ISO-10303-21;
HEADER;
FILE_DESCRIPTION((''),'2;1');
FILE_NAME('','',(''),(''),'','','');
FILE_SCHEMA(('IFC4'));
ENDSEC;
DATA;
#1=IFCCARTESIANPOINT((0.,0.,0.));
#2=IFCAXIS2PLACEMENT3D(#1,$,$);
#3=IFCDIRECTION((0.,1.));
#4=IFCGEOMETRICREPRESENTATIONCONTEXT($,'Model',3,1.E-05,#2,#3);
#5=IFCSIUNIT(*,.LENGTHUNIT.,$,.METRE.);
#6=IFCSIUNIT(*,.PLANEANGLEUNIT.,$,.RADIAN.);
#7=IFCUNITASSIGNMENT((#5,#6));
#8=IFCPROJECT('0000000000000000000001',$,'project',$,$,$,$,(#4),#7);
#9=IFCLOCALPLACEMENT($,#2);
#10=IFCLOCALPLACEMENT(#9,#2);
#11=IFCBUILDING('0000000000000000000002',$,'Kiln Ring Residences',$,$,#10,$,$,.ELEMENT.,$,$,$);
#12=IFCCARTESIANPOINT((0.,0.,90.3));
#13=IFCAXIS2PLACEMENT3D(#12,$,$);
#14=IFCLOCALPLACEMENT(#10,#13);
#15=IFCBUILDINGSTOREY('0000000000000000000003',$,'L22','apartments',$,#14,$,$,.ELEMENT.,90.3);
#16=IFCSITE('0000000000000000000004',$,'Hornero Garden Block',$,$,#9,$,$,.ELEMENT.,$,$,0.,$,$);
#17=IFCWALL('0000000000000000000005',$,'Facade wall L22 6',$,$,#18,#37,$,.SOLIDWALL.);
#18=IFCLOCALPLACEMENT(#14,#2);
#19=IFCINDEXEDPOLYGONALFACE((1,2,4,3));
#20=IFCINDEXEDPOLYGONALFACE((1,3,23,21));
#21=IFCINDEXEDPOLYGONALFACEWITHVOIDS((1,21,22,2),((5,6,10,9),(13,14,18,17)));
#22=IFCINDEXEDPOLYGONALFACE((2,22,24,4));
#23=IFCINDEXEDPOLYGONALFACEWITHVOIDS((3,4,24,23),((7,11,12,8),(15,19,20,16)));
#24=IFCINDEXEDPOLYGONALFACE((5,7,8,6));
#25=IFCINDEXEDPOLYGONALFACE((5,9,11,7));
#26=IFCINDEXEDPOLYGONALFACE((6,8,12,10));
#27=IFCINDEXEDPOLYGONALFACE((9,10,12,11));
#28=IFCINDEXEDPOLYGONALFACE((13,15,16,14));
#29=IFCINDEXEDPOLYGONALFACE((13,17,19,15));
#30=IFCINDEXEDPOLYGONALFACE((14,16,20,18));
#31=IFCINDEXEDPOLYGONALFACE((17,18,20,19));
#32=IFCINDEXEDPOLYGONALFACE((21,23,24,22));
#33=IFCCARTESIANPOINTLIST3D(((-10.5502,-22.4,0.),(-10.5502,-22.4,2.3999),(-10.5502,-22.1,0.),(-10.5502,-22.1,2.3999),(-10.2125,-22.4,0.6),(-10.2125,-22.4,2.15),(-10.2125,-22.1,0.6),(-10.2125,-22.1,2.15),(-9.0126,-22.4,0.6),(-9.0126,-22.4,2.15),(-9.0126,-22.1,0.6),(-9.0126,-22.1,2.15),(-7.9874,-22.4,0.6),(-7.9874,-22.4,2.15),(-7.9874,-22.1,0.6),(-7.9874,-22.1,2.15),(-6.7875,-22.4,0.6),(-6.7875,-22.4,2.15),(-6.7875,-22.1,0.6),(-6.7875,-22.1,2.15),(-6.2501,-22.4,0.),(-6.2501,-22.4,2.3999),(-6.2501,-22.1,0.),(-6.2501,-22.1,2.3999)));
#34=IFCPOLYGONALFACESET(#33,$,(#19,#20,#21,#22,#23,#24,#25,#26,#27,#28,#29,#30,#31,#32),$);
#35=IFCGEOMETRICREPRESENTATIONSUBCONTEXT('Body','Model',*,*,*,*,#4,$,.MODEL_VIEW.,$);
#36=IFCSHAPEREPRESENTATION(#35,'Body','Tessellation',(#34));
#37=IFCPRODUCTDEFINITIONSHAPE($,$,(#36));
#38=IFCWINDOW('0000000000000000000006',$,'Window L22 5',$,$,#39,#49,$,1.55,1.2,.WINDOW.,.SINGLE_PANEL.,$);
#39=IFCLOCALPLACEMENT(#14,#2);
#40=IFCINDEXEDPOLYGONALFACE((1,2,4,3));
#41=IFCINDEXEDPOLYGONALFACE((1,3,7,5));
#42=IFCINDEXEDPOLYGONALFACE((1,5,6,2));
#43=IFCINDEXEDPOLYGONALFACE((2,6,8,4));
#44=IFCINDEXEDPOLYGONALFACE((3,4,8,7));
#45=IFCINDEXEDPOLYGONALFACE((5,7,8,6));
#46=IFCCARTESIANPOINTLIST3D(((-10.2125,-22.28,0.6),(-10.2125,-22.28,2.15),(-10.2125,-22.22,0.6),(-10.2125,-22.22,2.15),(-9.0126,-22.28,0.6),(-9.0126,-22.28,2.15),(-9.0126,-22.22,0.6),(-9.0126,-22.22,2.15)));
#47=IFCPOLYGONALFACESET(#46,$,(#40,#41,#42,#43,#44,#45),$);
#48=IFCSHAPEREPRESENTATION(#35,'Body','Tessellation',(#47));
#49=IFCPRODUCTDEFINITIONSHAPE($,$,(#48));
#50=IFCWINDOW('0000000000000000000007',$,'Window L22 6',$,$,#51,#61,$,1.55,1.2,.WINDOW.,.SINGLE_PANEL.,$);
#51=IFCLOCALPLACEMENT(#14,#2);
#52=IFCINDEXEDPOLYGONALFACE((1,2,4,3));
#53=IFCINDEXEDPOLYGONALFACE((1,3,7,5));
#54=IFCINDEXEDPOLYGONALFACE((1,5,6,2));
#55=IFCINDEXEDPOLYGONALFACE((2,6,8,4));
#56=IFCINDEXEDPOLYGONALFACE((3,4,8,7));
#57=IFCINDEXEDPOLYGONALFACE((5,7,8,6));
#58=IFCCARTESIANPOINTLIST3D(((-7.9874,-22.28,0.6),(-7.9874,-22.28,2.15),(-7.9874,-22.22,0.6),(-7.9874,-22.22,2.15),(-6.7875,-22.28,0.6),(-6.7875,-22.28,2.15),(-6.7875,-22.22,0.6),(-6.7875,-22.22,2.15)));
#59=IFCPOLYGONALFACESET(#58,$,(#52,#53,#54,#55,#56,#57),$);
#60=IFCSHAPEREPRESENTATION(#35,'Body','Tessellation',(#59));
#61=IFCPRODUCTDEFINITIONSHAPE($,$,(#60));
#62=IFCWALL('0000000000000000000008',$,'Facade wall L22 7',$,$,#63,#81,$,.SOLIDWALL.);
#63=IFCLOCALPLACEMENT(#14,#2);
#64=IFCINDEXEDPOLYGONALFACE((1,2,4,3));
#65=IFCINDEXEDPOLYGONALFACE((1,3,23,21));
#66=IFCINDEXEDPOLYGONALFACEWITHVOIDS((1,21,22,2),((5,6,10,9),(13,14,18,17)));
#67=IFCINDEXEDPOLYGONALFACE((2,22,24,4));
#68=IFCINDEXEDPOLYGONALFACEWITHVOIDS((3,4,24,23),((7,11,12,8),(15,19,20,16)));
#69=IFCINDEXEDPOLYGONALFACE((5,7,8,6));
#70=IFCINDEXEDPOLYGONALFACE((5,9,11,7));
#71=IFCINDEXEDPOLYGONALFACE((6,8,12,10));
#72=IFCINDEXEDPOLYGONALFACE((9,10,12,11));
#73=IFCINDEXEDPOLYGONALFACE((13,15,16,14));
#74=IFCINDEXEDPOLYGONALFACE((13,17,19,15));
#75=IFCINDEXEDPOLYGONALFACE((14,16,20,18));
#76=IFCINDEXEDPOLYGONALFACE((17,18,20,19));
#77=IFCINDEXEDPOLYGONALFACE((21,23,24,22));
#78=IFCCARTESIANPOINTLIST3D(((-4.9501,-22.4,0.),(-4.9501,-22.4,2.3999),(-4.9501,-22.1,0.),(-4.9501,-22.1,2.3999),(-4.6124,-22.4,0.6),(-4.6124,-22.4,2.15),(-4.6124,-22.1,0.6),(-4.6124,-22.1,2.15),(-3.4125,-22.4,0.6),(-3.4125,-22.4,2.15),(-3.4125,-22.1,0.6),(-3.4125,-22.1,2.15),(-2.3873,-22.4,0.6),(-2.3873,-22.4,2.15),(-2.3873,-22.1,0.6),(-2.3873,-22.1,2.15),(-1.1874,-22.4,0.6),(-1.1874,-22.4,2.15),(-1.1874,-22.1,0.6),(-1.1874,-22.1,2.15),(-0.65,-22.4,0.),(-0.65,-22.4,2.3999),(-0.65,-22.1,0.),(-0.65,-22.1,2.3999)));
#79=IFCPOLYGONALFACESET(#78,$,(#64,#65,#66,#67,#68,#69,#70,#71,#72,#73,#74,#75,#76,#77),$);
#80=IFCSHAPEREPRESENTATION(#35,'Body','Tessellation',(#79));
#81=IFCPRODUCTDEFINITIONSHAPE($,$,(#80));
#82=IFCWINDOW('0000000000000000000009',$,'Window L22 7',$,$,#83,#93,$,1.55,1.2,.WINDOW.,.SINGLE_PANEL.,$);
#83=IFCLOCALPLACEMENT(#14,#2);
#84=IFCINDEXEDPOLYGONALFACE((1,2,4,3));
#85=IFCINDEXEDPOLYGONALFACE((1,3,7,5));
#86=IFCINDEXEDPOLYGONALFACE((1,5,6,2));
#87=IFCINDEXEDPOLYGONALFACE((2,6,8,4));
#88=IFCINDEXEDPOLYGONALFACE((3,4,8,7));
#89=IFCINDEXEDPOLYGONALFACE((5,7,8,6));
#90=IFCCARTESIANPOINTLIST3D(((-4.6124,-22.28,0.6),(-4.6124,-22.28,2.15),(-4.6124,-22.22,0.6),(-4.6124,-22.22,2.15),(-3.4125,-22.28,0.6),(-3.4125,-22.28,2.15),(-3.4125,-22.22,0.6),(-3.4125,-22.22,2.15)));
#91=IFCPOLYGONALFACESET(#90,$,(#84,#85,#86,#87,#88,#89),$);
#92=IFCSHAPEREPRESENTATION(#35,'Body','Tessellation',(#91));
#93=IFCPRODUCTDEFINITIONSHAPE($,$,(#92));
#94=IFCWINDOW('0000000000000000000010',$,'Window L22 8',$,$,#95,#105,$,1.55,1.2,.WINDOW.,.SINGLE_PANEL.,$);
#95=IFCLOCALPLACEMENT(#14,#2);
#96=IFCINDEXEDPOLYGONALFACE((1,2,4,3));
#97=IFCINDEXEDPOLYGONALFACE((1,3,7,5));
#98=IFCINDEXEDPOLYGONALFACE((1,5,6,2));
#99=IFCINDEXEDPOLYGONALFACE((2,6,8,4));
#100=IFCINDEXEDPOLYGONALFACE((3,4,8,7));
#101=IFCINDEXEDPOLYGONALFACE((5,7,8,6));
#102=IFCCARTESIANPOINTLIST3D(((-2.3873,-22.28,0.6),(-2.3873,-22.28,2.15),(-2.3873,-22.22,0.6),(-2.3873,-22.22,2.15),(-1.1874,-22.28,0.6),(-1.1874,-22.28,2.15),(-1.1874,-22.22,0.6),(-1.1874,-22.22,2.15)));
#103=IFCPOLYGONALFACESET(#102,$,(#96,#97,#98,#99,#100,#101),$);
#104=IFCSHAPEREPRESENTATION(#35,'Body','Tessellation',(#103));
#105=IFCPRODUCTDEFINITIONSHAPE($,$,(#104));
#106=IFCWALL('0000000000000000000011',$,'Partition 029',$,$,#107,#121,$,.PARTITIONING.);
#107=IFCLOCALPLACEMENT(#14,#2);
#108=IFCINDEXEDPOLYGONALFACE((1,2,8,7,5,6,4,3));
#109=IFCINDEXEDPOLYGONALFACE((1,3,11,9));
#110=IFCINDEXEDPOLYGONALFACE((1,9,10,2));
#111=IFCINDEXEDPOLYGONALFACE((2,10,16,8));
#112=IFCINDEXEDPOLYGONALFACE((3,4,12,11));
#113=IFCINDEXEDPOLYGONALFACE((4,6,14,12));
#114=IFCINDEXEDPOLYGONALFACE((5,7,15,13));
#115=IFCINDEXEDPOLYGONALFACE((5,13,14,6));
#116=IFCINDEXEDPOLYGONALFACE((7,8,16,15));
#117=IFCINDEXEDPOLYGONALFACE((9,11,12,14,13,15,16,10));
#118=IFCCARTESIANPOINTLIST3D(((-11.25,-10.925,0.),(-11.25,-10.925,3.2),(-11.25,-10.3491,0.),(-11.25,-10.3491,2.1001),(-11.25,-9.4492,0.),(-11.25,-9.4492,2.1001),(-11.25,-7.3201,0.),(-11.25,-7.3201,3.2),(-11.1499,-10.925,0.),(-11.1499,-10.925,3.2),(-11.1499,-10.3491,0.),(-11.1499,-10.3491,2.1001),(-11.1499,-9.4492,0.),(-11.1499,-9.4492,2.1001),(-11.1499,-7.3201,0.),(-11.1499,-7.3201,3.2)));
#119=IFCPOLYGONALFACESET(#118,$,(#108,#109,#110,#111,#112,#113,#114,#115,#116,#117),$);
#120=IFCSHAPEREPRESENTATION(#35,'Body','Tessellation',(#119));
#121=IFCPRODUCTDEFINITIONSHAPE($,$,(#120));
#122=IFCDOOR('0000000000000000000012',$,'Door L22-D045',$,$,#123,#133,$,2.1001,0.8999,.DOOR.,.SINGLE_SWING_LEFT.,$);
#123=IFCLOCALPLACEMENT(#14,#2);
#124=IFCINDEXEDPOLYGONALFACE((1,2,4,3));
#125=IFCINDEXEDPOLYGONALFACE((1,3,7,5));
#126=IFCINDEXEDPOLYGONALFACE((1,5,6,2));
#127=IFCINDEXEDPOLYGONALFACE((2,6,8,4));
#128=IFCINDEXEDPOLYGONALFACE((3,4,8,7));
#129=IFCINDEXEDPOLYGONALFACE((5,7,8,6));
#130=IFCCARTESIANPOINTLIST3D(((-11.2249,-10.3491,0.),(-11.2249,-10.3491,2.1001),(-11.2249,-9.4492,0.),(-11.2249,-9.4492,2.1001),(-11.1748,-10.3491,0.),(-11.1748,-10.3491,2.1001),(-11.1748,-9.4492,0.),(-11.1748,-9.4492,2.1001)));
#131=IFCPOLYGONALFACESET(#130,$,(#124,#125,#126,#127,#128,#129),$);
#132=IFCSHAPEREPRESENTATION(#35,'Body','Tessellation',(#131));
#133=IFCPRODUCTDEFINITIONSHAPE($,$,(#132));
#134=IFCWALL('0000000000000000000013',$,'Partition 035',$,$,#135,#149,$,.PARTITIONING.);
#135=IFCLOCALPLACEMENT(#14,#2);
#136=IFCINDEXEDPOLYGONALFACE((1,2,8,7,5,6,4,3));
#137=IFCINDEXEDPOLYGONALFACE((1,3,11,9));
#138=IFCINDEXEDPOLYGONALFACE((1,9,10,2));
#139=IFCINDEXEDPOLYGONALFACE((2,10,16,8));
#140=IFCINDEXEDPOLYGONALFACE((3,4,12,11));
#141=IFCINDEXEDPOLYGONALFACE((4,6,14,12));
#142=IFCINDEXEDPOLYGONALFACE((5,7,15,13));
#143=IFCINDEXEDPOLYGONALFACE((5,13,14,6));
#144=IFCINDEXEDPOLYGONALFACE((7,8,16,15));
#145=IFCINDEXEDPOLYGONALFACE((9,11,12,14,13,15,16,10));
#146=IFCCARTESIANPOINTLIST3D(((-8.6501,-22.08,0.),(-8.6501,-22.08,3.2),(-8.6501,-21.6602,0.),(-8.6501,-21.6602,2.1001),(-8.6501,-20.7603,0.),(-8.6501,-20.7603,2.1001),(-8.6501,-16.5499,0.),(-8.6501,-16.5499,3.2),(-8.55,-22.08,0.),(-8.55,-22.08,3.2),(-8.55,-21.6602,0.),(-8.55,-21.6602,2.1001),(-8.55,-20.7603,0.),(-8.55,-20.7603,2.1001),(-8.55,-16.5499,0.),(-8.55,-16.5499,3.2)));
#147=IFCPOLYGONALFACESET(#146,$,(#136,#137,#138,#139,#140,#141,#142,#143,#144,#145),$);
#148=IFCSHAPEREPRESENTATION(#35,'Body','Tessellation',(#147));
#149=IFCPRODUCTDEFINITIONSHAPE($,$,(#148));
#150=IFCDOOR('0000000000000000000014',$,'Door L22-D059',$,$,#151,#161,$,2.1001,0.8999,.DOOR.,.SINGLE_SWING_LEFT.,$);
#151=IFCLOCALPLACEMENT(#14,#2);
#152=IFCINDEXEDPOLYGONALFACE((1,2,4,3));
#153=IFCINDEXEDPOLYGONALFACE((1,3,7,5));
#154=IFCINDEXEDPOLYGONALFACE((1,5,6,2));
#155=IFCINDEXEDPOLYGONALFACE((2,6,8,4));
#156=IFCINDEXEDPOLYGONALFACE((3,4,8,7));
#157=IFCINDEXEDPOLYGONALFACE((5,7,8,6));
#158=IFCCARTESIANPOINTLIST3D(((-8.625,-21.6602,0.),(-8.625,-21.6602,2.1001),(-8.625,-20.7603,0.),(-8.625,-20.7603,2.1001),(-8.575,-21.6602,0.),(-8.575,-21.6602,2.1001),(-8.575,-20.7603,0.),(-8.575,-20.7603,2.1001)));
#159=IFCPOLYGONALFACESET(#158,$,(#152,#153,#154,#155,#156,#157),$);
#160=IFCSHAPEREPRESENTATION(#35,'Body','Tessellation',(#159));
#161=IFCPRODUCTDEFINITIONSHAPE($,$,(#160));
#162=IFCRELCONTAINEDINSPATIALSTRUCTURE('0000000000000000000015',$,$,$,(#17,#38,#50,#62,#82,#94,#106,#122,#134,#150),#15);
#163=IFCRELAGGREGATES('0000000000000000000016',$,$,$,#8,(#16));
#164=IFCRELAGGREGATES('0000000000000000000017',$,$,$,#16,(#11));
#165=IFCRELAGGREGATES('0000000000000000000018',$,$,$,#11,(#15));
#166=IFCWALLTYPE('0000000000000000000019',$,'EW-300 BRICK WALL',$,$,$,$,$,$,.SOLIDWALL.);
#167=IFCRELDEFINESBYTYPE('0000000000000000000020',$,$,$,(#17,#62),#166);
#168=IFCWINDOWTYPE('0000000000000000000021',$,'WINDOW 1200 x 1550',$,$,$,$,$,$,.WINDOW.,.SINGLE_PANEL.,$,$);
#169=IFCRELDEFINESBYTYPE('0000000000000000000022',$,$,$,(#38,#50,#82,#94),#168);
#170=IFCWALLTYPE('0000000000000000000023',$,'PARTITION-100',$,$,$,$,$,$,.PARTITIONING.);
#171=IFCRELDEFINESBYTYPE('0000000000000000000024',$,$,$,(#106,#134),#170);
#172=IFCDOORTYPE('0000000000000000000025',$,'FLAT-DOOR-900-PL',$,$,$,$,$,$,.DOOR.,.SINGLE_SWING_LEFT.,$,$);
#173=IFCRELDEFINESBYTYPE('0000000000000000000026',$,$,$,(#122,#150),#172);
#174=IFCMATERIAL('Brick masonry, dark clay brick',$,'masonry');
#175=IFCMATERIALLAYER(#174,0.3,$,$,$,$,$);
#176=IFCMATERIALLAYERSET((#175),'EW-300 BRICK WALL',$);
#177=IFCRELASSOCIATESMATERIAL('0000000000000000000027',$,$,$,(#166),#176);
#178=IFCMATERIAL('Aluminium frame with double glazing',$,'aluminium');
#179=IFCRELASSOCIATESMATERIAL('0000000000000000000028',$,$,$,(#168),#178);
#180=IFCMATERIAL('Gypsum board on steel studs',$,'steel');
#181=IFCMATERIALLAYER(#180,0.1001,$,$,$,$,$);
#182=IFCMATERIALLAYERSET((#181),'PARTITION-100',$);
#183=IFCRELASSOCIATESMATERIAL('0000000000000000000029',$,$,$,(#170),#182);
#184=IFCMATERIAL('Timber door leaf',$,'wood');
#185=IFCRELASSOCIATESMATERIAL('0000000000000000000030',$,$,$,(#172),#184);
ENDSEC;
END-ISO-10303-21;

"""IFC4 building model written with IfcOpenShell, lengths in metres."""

from ifc_helpers import new_model, si_unit, direction, frame, frame_2d, origin, place, context, subcontext, project, spatial, rectangle, extrude, material, layer, layer_set, type_object, element, fill, save


model = new_model("IFC4")

# Units and contexts
model_context = context("Model", 3, precision=1e-05, world=origin(), true_north=direction((0.0, 1.0)))
body_context = subcontext(model_context, "Body", "Model", "MODEL_VIEW")
ifc_project = project(units=[si_unit("LENGTHUNIT", "METRE"), si_unit("PLANEANGLEUNIT", "RADIAN")], contexts=[model_context])

# Site, building, storey
site_placement = place(None, origin())
site = spatial("IfcSite", under=ifc_project, at=site_placement, Name="Hornero Garden Block", CompositionType="ELEMENT", RefElevation=0.0)
building_placement = place(site_placement, origin())
building = spatial("IfcBuilding", under=site, at=building_placement, Name="Kiln Ring Residences", CompositionType="ELEMENT")
storey_placement = place(building_placement, frame((0.0, 0.0, 90.3)))
storey = spatial("IfcBuildingStorey", under=building, at=storey_placement, Name="L22", Description="apartments", CompositionType="ELEMENT", Elevation=90.3)

# Walls, openings, windows
ifc_material_1 = material(Name="Brick masonry, dark clay brick", Category="masonry")
ifc_layer_1 = layer(ifc_material_1, 0.3)
ifc_layer_set_1 = layer_set([ifc_layer_1], Name="EW-300 BRICK WALL")
wall_type_1 = type_object("IfcWallType", Name="EW-300 BRICK WALL", PredefinedType="SOLIDWALL", material=ifc_layer_set_1)
wall_1_placement = place(storey_placement, frame((-10.55, -22.25, 0.0), z_axis=(0.0, 0.0, 1.0), x_axis=(1.0, 0.0, 0.0)))
wall_1 = element("IfcWall", 1, at=wall_1_placement, inside=storey, type_object=wall_type_1, Name="Facade wall L22 6", PredefinedType="SOLIDWALL", context=body_context, shape_type="SweptSolid", body=[
    extrude(rectangle(XDim=4.3, YDim=0.3, at=frame_2d((2.1499, 0.0))), origin(), (0.0, 0.0, 1.0), 2.3999),
])
opening_1_placement = place(wall_1_placement, frame((0.3374, 0.0, 0.6001)))
opening_1 = element("IfcOpeningElement", 2, at=opening_1_placement, cuts=wall_1, PredefinedType="OPENING", context=body_context, shape_type="SweptSolid", body=[
    extrude(rectangle(XDim=1.2, YDim=1.55, at=frame_2d((0.6001, 0.7749))), frame((0.0, 0.1599, 0.0), z_axis=(0.0, -1.0, 0.0), x_axis=(1.0, 0.0, 0.0)), (0.0, 0.0, 1.0), 0.3201),
])
opening_2_placement = place(wall_1_placement, frame((2.5625, 0.0, 0.6001)))
opening_2 = element("IfcOpeningElement", 3, at=opening_2_placement, cuts=wall_1, PredefinedType="OPENING", context=body_context, shape_type="SweptSolid", body=[
    extrude(rectangle(XDim=1.2, YDim=1.55, at=frame_2d((0.6001, 0.7749))), frame((0.0, 0.1599, 0.0), z_axis=(0.0, -1.0, 0.0), x_axis=(1.0, 0.0, 0.0)), (0.0, 0.0, 1.0), 0.3201),
])
ifc_material_2 = material(Name="Aluminium frame with double glazing", Category="aluminium")
window_type = type_object("IfcWindowType", Name="WINDOW 1200 x 1550", PartitioningType="SINGLE_PANEL", PredefinedType="WINDOW", material=ifc_material_2)
window_1_placement = place(opening_1_placement, origin())
window_1 = element("IfcWindow", 4, at=window_1_placement, inside=storey, type_object=window_type, Name="Window L22 5", OverallHeight=1.55, OverallWidth=1.2, PartitioningType="SINGLE_PANEL", PredefinedType="WINDOW", context=body_context, shape_type="SweptSolid", body=[
    extrude(rectangle(XDim=1.2, YDim=1.55, at=frame_2d((0.6001, 0.7749))), frame((0.0, 0.03, 0.0), z_axis=(0.0, -1.0, 0.0), x_axis=(1.0, 0.0, 0.0)), (0.0, 0.0, 1.0), 0.0601),
])
fill(opening_1, window_1)
window_2_placement = place(opening_2_placement, origin())
window_2 = element("IfcWindow", 5, at=window_2_placement, inside=storey, type_object=window_type, Name="Window L22 6", OverallHeight=1.55, OverallWidth=1.2, PartitioningType="SINGLE_PANEL", PredefinedType="WINDOW", context=body_context, shape_type="SweptSolid", body=[
    extrude(rectangle(XDim=1.2, YDim=1.55, at=frame_2d((0.6001, 0.7749))), frame((0.0, 0.03, 0.0), z_axis=(0.0, -1.0, 0.0), x_axis=(1.0, 0.0, 0.0)), (0.0, 0.0, 1.0), 0.0601),
])
fill(opening_2, window_2)
wall_2_placement = place(storey_placement, frame((-4.95, -22.25, 0.0), z_axis=(0.0, 0.0, 1.0), x_axis=(1.0, 0.0, 0.0)))
wall_2 = element("IfcWall", 6, at=wall_2_placement, inside=storey, type_object=wall_type_1, Name="Facade wall L22 7", PredefinedType="SOLIDWALL", context=body_context, shape_type="SweptSolid", body=[
    extrude(rectangle(XDim=4.3, YDim=0.3, at=frame_2d((2.1499, 0.0))), origin(), (0.0, 0.0, 1.0), 2.3999),
])
opening_3_placement = place(wall_2_placement, frame((0.3374, 0.0, 0.6001)))
opening_3 = element("IfcOpeningElement", 7, at=opening_3_placement, cuts=wall_2, PredefinedType="OPENING", context=body_context, shape_type="SweptSolid", body=[
    extrude(rectangle(XDim=1.2, YDim=1.55, at=frame_2d((0.6001, 0.7749))), frame((0.0, 0.1599, 0.0), z_axis=(0.0, -1.0, 0.0), x_axis=(1.0, 0.0, 0.0)), (0.0, 0.0, 1.0), 0.3201),
])
opening_4_placement = place(wall_2_placement, frame((2.5625, 0.0, 0.6001)))
opening_4 = element("IfcOpeningElement", 8, at=opening_4_placement, cuts=wall_2, PredefinedType="OPENING", context=body_context, shape_type="SweptSolid", body=[
    extrude(rectangle(XDim=1.2, YDim=1.55, at=frame_2d((0.6001, 0.7749))), frame((0.0, 0.1599, 0.0), z_axis=(0.0, -1.0, 0.0), x_axis=(1.0, 0.0, 0.0)), (0.0, 0.0, 1.0), 0.3201),
])
window_3_placement = place(opening_3_placement, origin())
window_3 = element("IfcWindow", 9, at=window_3_placement, inside=storey, type_object=window_type, Name="Window L22 7", OverallHeight=1.55, OverallWidth=1.2, PartitioningType="SINGLE_PANEL", PredefinedType="WINDOW", context=body_context, shape_type="SweptSolid", body=[
    extrude(rectangle(XDim=1.2, YDim=1.55, at=frame_2d((0.6001, 0.7749))), frame((0.0, 0.03, 0.0), z_axis=(0.0, -1.0, 0.0), x_axis=(1.0, 0.0, 0.0)), (0.0, 0.0, 1.0), 0.0601),
])
fill(opening_3, window_3)
window_4_placement = place(opening_4_placement, origin())
window_4 = element("IfcWindow", 10, at=window_4_placement, inside=storey, type_object=window_type, Name="Window L22 8", OverallHeight=1.55, OverallWidth=1.2, PartitioningType="SINGLE_PANEL", PredefinedType="WINDOW", context=body_context, shape_type="SweptSolid", body=[
    extrude(rectangle(XDim=1.2, YDim=1.55, at=frame_2d((0.6001, 0.7749))), frame((0.0, 0.03, 0.0), z_axis=(0.0, -1.0, 0.0), x_axis=(1.0, 0.0, 0.0)), (0.0, 0.0, 1.0), 0.0601),
])
fill(opening_4, window_4)

# Walls, openings, doors
ifc_material_3 = material(Name="Gypsum board on steel studs", Category="steel")
ifc_layer_2 = layer(ifc_material_3, 0.1001)
ifc_layer_set_2 = layer_set([ifc_layer_2], Name="PARTITION-100")
wall_type_2 = type_object("IfcWallType", Name="PARTITION-100", PredefinedType="PARTITIONING", material=ifc_layer_set_2)
wall_3_placement = place(storey_placement, frame((-11.2, -10.925, 0.0), z_axis=(0.0, 0.0, 1.0), x_axis=(0.0, 1.0, 0.0)))
wall_3 = element("IfcWall", 11, at=wall_3_placement, inside=storey, type_object=wall_type_2, Name="Partition 029", PredefinedType="PARTITIONING", context=body_context, shape_type="SweptSolid", body=[
    extrude(rectangle(XDim=3.605, YDim=0.1001, at=frame_2d((1.8025, 0.0))), origin(), (0.0, 0.0, 1.0), 3.2),
])
opening_5_placement = place(wall_3_placement, frame((0.5759, 0.0, 0.0)))
opening_5 = element("IfcOpeningElement", 12, at=opening_5_placement, cuts=wall_3, PredefinedType="OPENING", context=body_context, shape_type="SweptSolid", body=[
    extrude(rectangle(XDim=0.8999, YDim=2.1001, at=frame_2d((0.45, 1.05))), frame((0.0, 0.0601, 0.0), z_axis=(0.0, -1.0, 0.0), x_axis=(1.0, 0.0, 0.0)), (0.0, 0.0, 1.0), 0.1201),
])
ifc_material_4 = material(Name="Timber door leaf", Category="wood")
door_type = type_object("IfcDoorType", Name="FLAT-DOOR-900-PL", OperationType="SINGLE_SWING_LEFT", PredefinedType="DOOR", material=ifc_material_4)
door_1_placement = place(opening_5_placement, origin())
door_1 = element("IfcDoor", 13, at=door_1_placement, inside=storey, type_object=door_type, Name="Door L22-D045", OperationType="SINGLE_SWING_LEFT", OverallHeight=2.1001, OverallWidth=0.8999, PredefinedType="DOOR", context=body_context, shape_type="SweptSolid", body=[
    extrude(rectangle(XDim=0.8999, YDim=2.1001, at=frame_2d((0.45, 1.05))), frame((0.0, 0.0249, 0.0), z_axis=(0.0, -1.0, 0.0), x_axis=(1.0, 0.0, 0.0)), (0.0, 0.0, 1.0), 0.05),
])
fill(opening_5, door_1)
wall_4_placement = place(storey_placement, frame((-8.6001, -22.0801, 0.0), z_axis=(0.0, 0.0, 1.0), x_axis=(0.0, 1.0, 0.0)))
wall_4 = element("IfcWall", 14, at=wall_4_placement, inside=storey, type_object=wall_type_2, Name="Partition 035", PredefinedType="PARTITIONING", context=body_context, shape_type="SweptSolid", body=[
    extrude(rectangle(XDim=5.53, YDim=0.1001, at=frame_2d((2.7651, 0.0))), origin(), (0.0, 0.0, 1.0), 3.2),
])
opening_6_placement = place(wall_4_placement, frame((0.4199, 0.0, 0.0)))
opening_6 = element("IfcOpeningElement", 15, at=opening_6_placement, cuts=wall_4, PredefinedType="OPENING", context=body_context, shape_type="SweptSolid", body=[
    extrude(rectangle(XDim=0.8999, YDim=2.1001, at=frame_2d((0.45, 1.05))), frame((0.0, 0.0601, 0.0), z_axis=(0.0, -1.0, 0.0), x_axis=(1.0, 0.0, 0.0)), (0.0, 0.0, 1.0), 0.1201),
])
door_2_placement = place(opening_6_placement, origin())
door_2 = element("IfcDoor", 16, at=door_2_placement, inside=storey, type_object=door_type, Name="Door L22-D059", OperationType="SINGLE_SWING_LEFT", OverallHeight=2.1001, OverallWidth=0.8999, PredefinedType="DOOR", context=body_context, shape_type="SweptSolid", body=[
    extrude(rectangle(XDim=0.8999, YDim=2.1001, at=frame_2d((0.45, 1.05))), frame((0.0, 0.0249, 0.0), z_axis=(0.0, -1.0, 0.0), x_axis=(1.0, 0.0, 0.0)), (0.0, 0.0, 1.0), 0.05),
])
fill(opening_6, door_2)

save(model, "model.ifc")
